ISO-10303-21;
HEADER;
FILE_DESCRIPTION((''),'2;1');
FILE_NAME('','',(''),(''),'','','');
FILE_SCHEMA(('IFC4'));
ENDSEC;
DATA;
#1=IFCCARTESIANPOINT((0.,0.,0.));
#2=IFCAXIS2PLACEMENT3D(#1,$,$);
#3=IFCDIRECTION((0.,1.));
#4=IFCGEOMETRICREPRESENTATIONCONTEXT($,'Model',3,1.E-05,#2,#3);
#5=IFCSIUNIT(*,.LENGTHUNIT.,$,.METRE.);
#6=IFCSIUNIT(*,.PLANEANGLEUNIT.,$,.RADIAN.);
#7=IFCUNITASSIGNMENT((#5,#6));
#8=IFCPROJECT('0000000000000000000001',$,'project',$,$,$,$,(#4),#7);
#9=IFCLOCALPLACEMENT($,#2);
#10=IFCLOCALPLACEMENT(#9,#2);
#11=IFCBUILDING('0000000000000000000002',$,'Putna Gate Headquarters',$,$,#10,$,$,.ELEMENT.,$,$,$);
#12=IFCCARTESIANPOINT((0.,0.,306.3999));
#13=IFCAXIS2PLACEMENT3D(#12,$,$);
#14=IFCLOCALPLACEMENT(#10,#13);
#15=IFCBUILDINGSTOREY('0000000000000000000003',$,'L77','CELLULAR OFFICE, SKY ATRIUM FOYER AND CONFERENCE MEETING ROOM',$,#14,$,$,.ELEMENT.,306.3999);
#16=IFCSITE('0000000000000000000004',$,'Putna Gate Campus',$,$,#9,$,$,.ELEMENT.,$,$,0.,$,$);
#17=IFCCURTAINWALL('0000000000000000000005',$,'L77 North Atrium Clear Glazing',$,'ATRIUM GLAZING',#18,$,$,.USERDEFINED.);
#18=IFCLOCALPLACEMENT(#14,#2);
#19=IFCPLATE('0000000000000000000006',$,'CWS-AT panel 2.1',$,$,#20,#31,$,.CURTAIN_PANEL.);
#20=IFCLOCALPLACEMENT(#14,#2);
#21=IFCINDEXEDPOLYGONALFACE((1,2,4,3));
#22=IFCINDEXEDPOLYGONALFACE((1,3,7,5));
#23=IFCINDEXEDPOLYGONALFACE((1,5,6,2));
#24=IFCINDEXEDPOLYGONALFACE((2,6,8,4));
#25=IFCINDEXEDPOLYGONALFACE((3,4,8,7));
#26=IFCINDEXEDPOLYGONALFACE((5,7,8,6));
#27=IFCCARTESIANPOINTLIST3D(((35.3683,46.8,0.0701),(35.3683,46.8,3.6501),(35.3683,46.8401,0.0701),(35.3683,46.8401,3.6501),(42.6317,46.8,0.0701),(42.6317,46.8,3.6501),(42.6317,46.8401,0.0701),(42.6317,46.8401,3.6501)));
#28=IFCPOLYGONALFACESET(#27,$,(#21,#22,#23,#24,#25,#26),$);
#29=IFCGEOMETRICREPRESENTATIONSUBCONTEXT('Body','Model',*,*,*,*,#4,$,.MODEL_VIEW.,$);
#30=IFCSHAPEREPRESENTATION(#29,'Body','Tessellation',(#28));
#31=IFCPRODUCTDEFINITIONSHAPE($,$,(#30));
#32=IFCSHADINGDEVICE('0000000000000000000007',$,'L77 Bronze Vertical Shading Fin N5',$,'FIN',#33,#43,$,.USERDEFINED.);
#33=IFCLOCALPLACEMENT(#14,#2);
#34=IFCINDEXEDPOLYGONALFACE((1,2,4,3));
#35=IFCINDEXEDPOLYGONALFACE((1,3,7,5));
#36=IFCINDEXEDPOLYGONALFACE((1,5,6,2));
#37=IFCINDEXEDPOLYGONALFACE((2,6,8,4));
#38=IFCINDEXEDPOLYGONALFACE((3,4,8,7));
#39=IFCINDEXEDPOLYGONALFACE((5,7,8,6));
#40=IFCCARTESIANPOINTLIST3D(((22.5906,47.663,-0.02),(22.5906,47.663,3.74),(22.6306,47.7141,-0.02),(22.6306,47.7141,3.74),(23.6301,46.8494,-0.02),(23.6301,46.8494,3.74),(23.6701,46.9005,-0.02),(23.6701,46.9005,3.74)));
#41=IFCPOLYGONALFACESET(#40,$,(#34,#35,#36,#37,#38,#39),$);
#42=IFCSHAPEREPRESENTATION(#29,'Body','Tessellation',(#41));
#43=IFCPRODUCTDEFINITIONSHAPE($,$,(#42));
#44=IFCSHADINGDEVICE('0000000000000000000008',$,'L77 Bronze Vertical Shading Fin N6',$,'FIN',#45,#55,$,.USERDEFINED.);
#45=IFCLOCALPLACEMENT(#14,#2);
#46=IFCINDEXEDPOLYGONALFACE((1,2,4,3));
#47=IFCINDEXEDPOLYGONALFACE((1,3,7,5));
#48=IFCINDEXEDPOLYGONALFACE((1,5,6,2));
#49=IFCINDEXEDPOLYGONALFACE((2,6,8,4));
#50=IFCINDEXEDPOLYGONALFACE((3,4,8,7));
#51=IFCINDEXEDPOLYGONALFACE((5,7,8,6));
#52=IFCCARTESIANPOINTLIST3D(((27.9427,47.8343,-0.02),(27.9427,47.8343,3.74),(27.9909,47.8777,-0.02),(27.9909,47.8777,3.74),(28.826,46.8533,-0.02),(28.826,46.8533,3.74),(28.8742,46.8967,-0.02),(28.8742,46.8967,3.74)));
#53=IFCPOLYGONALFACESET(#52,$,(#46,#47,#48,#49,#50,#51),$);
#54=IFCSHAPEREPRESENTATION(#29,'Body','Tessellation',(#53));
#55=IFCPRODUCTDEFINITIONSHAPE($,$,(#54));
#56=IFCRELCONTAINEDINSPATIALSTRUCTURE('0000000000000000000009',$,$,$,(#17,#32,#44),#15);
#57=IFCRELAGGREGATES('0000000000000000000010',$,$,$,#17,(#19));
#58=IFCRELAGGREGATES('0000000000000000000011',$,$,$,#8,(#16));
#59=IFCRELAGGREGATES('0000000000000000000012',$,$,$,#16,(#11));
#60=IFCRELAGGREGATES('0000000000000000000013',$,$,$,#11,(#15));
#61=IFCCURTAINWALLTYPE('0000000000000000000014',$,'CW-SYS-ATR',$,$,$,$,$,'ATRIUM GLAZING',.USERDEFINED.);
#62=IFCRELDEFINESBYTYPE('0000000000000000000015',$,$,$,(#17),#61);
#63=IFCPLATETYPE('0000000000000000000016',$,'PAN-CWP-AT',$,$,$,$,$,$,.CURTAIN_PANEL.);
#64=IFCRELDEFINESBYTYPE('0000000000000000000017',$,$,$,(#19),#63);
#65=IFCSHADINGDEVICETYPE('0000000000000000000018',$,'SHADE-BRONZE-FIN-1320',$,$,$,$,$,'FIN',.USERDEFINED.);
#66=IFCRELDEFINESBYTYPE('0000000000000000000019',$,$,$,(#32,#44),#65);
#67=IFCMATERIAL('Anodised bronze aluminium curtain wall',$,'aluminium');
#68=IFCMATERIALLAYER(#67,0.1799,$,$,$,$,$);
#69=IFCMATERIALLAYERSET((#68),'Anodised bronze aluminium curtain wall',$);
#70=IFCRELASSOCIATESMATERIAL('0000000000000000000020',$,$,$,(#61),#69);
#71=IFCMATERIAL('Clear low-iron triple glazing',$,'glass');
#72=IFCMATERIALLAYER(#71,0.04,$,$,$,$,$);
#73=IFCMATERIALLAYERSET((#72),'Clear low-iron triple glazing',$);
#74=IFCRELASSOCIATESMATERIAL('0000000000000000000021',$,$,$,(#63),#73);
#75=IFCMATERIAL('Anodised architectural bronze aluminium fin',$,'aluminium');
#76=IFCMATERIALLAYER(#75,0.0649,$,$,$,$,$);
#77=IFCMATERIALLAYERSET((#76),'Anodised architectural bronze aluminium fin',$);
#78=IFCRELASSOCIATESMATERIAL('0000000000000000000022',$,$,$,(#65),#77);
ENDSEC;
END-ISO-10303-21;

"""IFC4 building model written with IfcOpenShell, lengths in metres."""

from ifc_helpers import new_model, si_unit, direction, frame, origin, origin_2d, place, context, subcontext, project, spatial, rectangle, extrude, material, layer, layer_set, type_object, element, aggregate, save


model = new_model("IFC4")

# Units and contexts
model_context = context("Model", 3, precision=1e-05, world=origin(), true_north=direction((0.0, 1.0)))
body_context = subcontext(model_context, "Body", "Model", "MODEL_VIEW")
ifc_project = project(units=[si_unit("LENGTHUNIT", "METRE"), si_unit("PLANEANGLEUNIT", "RADIAN")], contexts=[model_context])

# Site, building, storey
site_placement = place(None, origin())
site = spatial("IfcSite", under=ifc_project, at=site_placement, Name="Putna Gate Campus", CompositionType="ELEMENT", RefElevation=0.0)
building_placement = place(site_placement, origin())
building = spatial("IfcBuilding", under=site, at=building_placement, Name="Putna Gate Headquarters", CompositionType="ELEMENT")
storey_placement = place(building_placement, frame((0.0, 0.0, 306.3999)))
storey = spatial("IfcBuildingStorey", under=building, at=storey_placement, Name="L77", Description="CELLULAR OFFICE, SKY ATRIUM FOYER AND CONFERENCE MEETING ROOM", CompositionType="ELEMENT", Elevation=306.3999)

# Shared definitions
ifc_material_1 = material(Name="Anodised bronze aluminium curtain wall", Category="aluminium")

# Curtain wall
ifc_layer_1 = layer(ifc_material_1, 0.1799)
ifc_layer_set_1 = layer_set([ifc_layer_1], Name="Anodised bronze aluminium curtain wall")
curtain_wall_type_1 = type_object("IfcCurtainWallType", Name="CW-SYS-ATR", ElementType="ATRIUM GLAZING", PredefinedType="USERDEFINED", material=ifc_layer_set_1)
curtain_wall_1_placement = place(storey_placement, origin())
curtain_wall_1 = element("IfcCurtainWall", 1, at=curtain_wall_1_placement, inside=storey, type_object=curtain_wall_type_1, Name="L77 North Atrium Clear Glazing", ObjectType="ATRIUM GLAZING", PredefinedType="USERDEFINED")

# Plate
ifc_material_2 = material(Name="Clear low-iron triple glazing", Category="glass")
ifc_layer_2 = layer(ifc_material_2, 0.04)
ifc_layer_set_2 = layer_set([ifc_layer_2], Name="Clear low-iron triple glazing")
plate_type_1 = type_object("IfcPlateType", Name="PAN-CWP-AT", PredefinedType="CURTAIN_PANEL", material=ifc_layer_set_2)
plate_1_placement = place(storey_placement, frame((39.0, 46.8201, 0.0701), z_axis=(0.0, 0.0, 1.0), x_axis=(1.0, 0.0, 0.0)))
plate_1 = element("IfcPlate", 2, at=plate_1_placement, type_object=plate_type_1, Name="CWS-AT panel 2.1", PredefinedType="CURTAIN_PANEL", context=body_context, shape_type="SweptSolid", body=[
    extrude(rectangle(XDim=7.2634, YDim=0.04, at=origin_2d()), origin(), (0.0, 0.0, 1.0), 3.5801),
])
aggregate(curtain_wall_1, [plate_1])

# Shading devices
ifc_material_3 = material(Name="Anodised architectural bronze aluminium fin", Category="aluminium")
ifc_layer_3 = layer(ifc_material_3, 0.0649)
ifc_layer_set_3 = layer_set([ifc_layer_3], Name="Anodised architectural bronze aluminium fin")
shading_device_type = type_object("IfcShadingDeviceType", Name="SHADE-BRONZE-FIN-1320", ElementType="FIN", PredefinedType="USERDEFINED", material=ifc_layer_set_3)
for number, where, z_axis, x_axis, name in (
    (3, (23.1304, 47.2817, -0.02), (0.0, 0.0, 1.0), (-0.787473, 0.616349, 0.0), "L77 Bronze Vertical Shading Fin N5"),
    (4, (28.4084, 47.3655, -0.02), (0.0, 0.0, 1.0), (-0.669131, 0.743145, 0.0), "L77 Bronze Vertical Shading Fin N6"),
):
    element("IfcShadingDevice", number, at=place(storey_placement, frame(where, z_axis=z_axis, x_axis=x_axis)), inside=storey, type_object=shading_device_type, Name=name, ObjectType="FIN", PredefinedType="USERDEFINED", context=body_context, shape_type="SweptSolid", body=[
        extrude(rectangle(XDim=1.3201, YDim=0.0649, at=origin_2d()), origin(), (0.0, 0.0, 1.0), 3.76),
    ])

save(model, "model.ifc")
